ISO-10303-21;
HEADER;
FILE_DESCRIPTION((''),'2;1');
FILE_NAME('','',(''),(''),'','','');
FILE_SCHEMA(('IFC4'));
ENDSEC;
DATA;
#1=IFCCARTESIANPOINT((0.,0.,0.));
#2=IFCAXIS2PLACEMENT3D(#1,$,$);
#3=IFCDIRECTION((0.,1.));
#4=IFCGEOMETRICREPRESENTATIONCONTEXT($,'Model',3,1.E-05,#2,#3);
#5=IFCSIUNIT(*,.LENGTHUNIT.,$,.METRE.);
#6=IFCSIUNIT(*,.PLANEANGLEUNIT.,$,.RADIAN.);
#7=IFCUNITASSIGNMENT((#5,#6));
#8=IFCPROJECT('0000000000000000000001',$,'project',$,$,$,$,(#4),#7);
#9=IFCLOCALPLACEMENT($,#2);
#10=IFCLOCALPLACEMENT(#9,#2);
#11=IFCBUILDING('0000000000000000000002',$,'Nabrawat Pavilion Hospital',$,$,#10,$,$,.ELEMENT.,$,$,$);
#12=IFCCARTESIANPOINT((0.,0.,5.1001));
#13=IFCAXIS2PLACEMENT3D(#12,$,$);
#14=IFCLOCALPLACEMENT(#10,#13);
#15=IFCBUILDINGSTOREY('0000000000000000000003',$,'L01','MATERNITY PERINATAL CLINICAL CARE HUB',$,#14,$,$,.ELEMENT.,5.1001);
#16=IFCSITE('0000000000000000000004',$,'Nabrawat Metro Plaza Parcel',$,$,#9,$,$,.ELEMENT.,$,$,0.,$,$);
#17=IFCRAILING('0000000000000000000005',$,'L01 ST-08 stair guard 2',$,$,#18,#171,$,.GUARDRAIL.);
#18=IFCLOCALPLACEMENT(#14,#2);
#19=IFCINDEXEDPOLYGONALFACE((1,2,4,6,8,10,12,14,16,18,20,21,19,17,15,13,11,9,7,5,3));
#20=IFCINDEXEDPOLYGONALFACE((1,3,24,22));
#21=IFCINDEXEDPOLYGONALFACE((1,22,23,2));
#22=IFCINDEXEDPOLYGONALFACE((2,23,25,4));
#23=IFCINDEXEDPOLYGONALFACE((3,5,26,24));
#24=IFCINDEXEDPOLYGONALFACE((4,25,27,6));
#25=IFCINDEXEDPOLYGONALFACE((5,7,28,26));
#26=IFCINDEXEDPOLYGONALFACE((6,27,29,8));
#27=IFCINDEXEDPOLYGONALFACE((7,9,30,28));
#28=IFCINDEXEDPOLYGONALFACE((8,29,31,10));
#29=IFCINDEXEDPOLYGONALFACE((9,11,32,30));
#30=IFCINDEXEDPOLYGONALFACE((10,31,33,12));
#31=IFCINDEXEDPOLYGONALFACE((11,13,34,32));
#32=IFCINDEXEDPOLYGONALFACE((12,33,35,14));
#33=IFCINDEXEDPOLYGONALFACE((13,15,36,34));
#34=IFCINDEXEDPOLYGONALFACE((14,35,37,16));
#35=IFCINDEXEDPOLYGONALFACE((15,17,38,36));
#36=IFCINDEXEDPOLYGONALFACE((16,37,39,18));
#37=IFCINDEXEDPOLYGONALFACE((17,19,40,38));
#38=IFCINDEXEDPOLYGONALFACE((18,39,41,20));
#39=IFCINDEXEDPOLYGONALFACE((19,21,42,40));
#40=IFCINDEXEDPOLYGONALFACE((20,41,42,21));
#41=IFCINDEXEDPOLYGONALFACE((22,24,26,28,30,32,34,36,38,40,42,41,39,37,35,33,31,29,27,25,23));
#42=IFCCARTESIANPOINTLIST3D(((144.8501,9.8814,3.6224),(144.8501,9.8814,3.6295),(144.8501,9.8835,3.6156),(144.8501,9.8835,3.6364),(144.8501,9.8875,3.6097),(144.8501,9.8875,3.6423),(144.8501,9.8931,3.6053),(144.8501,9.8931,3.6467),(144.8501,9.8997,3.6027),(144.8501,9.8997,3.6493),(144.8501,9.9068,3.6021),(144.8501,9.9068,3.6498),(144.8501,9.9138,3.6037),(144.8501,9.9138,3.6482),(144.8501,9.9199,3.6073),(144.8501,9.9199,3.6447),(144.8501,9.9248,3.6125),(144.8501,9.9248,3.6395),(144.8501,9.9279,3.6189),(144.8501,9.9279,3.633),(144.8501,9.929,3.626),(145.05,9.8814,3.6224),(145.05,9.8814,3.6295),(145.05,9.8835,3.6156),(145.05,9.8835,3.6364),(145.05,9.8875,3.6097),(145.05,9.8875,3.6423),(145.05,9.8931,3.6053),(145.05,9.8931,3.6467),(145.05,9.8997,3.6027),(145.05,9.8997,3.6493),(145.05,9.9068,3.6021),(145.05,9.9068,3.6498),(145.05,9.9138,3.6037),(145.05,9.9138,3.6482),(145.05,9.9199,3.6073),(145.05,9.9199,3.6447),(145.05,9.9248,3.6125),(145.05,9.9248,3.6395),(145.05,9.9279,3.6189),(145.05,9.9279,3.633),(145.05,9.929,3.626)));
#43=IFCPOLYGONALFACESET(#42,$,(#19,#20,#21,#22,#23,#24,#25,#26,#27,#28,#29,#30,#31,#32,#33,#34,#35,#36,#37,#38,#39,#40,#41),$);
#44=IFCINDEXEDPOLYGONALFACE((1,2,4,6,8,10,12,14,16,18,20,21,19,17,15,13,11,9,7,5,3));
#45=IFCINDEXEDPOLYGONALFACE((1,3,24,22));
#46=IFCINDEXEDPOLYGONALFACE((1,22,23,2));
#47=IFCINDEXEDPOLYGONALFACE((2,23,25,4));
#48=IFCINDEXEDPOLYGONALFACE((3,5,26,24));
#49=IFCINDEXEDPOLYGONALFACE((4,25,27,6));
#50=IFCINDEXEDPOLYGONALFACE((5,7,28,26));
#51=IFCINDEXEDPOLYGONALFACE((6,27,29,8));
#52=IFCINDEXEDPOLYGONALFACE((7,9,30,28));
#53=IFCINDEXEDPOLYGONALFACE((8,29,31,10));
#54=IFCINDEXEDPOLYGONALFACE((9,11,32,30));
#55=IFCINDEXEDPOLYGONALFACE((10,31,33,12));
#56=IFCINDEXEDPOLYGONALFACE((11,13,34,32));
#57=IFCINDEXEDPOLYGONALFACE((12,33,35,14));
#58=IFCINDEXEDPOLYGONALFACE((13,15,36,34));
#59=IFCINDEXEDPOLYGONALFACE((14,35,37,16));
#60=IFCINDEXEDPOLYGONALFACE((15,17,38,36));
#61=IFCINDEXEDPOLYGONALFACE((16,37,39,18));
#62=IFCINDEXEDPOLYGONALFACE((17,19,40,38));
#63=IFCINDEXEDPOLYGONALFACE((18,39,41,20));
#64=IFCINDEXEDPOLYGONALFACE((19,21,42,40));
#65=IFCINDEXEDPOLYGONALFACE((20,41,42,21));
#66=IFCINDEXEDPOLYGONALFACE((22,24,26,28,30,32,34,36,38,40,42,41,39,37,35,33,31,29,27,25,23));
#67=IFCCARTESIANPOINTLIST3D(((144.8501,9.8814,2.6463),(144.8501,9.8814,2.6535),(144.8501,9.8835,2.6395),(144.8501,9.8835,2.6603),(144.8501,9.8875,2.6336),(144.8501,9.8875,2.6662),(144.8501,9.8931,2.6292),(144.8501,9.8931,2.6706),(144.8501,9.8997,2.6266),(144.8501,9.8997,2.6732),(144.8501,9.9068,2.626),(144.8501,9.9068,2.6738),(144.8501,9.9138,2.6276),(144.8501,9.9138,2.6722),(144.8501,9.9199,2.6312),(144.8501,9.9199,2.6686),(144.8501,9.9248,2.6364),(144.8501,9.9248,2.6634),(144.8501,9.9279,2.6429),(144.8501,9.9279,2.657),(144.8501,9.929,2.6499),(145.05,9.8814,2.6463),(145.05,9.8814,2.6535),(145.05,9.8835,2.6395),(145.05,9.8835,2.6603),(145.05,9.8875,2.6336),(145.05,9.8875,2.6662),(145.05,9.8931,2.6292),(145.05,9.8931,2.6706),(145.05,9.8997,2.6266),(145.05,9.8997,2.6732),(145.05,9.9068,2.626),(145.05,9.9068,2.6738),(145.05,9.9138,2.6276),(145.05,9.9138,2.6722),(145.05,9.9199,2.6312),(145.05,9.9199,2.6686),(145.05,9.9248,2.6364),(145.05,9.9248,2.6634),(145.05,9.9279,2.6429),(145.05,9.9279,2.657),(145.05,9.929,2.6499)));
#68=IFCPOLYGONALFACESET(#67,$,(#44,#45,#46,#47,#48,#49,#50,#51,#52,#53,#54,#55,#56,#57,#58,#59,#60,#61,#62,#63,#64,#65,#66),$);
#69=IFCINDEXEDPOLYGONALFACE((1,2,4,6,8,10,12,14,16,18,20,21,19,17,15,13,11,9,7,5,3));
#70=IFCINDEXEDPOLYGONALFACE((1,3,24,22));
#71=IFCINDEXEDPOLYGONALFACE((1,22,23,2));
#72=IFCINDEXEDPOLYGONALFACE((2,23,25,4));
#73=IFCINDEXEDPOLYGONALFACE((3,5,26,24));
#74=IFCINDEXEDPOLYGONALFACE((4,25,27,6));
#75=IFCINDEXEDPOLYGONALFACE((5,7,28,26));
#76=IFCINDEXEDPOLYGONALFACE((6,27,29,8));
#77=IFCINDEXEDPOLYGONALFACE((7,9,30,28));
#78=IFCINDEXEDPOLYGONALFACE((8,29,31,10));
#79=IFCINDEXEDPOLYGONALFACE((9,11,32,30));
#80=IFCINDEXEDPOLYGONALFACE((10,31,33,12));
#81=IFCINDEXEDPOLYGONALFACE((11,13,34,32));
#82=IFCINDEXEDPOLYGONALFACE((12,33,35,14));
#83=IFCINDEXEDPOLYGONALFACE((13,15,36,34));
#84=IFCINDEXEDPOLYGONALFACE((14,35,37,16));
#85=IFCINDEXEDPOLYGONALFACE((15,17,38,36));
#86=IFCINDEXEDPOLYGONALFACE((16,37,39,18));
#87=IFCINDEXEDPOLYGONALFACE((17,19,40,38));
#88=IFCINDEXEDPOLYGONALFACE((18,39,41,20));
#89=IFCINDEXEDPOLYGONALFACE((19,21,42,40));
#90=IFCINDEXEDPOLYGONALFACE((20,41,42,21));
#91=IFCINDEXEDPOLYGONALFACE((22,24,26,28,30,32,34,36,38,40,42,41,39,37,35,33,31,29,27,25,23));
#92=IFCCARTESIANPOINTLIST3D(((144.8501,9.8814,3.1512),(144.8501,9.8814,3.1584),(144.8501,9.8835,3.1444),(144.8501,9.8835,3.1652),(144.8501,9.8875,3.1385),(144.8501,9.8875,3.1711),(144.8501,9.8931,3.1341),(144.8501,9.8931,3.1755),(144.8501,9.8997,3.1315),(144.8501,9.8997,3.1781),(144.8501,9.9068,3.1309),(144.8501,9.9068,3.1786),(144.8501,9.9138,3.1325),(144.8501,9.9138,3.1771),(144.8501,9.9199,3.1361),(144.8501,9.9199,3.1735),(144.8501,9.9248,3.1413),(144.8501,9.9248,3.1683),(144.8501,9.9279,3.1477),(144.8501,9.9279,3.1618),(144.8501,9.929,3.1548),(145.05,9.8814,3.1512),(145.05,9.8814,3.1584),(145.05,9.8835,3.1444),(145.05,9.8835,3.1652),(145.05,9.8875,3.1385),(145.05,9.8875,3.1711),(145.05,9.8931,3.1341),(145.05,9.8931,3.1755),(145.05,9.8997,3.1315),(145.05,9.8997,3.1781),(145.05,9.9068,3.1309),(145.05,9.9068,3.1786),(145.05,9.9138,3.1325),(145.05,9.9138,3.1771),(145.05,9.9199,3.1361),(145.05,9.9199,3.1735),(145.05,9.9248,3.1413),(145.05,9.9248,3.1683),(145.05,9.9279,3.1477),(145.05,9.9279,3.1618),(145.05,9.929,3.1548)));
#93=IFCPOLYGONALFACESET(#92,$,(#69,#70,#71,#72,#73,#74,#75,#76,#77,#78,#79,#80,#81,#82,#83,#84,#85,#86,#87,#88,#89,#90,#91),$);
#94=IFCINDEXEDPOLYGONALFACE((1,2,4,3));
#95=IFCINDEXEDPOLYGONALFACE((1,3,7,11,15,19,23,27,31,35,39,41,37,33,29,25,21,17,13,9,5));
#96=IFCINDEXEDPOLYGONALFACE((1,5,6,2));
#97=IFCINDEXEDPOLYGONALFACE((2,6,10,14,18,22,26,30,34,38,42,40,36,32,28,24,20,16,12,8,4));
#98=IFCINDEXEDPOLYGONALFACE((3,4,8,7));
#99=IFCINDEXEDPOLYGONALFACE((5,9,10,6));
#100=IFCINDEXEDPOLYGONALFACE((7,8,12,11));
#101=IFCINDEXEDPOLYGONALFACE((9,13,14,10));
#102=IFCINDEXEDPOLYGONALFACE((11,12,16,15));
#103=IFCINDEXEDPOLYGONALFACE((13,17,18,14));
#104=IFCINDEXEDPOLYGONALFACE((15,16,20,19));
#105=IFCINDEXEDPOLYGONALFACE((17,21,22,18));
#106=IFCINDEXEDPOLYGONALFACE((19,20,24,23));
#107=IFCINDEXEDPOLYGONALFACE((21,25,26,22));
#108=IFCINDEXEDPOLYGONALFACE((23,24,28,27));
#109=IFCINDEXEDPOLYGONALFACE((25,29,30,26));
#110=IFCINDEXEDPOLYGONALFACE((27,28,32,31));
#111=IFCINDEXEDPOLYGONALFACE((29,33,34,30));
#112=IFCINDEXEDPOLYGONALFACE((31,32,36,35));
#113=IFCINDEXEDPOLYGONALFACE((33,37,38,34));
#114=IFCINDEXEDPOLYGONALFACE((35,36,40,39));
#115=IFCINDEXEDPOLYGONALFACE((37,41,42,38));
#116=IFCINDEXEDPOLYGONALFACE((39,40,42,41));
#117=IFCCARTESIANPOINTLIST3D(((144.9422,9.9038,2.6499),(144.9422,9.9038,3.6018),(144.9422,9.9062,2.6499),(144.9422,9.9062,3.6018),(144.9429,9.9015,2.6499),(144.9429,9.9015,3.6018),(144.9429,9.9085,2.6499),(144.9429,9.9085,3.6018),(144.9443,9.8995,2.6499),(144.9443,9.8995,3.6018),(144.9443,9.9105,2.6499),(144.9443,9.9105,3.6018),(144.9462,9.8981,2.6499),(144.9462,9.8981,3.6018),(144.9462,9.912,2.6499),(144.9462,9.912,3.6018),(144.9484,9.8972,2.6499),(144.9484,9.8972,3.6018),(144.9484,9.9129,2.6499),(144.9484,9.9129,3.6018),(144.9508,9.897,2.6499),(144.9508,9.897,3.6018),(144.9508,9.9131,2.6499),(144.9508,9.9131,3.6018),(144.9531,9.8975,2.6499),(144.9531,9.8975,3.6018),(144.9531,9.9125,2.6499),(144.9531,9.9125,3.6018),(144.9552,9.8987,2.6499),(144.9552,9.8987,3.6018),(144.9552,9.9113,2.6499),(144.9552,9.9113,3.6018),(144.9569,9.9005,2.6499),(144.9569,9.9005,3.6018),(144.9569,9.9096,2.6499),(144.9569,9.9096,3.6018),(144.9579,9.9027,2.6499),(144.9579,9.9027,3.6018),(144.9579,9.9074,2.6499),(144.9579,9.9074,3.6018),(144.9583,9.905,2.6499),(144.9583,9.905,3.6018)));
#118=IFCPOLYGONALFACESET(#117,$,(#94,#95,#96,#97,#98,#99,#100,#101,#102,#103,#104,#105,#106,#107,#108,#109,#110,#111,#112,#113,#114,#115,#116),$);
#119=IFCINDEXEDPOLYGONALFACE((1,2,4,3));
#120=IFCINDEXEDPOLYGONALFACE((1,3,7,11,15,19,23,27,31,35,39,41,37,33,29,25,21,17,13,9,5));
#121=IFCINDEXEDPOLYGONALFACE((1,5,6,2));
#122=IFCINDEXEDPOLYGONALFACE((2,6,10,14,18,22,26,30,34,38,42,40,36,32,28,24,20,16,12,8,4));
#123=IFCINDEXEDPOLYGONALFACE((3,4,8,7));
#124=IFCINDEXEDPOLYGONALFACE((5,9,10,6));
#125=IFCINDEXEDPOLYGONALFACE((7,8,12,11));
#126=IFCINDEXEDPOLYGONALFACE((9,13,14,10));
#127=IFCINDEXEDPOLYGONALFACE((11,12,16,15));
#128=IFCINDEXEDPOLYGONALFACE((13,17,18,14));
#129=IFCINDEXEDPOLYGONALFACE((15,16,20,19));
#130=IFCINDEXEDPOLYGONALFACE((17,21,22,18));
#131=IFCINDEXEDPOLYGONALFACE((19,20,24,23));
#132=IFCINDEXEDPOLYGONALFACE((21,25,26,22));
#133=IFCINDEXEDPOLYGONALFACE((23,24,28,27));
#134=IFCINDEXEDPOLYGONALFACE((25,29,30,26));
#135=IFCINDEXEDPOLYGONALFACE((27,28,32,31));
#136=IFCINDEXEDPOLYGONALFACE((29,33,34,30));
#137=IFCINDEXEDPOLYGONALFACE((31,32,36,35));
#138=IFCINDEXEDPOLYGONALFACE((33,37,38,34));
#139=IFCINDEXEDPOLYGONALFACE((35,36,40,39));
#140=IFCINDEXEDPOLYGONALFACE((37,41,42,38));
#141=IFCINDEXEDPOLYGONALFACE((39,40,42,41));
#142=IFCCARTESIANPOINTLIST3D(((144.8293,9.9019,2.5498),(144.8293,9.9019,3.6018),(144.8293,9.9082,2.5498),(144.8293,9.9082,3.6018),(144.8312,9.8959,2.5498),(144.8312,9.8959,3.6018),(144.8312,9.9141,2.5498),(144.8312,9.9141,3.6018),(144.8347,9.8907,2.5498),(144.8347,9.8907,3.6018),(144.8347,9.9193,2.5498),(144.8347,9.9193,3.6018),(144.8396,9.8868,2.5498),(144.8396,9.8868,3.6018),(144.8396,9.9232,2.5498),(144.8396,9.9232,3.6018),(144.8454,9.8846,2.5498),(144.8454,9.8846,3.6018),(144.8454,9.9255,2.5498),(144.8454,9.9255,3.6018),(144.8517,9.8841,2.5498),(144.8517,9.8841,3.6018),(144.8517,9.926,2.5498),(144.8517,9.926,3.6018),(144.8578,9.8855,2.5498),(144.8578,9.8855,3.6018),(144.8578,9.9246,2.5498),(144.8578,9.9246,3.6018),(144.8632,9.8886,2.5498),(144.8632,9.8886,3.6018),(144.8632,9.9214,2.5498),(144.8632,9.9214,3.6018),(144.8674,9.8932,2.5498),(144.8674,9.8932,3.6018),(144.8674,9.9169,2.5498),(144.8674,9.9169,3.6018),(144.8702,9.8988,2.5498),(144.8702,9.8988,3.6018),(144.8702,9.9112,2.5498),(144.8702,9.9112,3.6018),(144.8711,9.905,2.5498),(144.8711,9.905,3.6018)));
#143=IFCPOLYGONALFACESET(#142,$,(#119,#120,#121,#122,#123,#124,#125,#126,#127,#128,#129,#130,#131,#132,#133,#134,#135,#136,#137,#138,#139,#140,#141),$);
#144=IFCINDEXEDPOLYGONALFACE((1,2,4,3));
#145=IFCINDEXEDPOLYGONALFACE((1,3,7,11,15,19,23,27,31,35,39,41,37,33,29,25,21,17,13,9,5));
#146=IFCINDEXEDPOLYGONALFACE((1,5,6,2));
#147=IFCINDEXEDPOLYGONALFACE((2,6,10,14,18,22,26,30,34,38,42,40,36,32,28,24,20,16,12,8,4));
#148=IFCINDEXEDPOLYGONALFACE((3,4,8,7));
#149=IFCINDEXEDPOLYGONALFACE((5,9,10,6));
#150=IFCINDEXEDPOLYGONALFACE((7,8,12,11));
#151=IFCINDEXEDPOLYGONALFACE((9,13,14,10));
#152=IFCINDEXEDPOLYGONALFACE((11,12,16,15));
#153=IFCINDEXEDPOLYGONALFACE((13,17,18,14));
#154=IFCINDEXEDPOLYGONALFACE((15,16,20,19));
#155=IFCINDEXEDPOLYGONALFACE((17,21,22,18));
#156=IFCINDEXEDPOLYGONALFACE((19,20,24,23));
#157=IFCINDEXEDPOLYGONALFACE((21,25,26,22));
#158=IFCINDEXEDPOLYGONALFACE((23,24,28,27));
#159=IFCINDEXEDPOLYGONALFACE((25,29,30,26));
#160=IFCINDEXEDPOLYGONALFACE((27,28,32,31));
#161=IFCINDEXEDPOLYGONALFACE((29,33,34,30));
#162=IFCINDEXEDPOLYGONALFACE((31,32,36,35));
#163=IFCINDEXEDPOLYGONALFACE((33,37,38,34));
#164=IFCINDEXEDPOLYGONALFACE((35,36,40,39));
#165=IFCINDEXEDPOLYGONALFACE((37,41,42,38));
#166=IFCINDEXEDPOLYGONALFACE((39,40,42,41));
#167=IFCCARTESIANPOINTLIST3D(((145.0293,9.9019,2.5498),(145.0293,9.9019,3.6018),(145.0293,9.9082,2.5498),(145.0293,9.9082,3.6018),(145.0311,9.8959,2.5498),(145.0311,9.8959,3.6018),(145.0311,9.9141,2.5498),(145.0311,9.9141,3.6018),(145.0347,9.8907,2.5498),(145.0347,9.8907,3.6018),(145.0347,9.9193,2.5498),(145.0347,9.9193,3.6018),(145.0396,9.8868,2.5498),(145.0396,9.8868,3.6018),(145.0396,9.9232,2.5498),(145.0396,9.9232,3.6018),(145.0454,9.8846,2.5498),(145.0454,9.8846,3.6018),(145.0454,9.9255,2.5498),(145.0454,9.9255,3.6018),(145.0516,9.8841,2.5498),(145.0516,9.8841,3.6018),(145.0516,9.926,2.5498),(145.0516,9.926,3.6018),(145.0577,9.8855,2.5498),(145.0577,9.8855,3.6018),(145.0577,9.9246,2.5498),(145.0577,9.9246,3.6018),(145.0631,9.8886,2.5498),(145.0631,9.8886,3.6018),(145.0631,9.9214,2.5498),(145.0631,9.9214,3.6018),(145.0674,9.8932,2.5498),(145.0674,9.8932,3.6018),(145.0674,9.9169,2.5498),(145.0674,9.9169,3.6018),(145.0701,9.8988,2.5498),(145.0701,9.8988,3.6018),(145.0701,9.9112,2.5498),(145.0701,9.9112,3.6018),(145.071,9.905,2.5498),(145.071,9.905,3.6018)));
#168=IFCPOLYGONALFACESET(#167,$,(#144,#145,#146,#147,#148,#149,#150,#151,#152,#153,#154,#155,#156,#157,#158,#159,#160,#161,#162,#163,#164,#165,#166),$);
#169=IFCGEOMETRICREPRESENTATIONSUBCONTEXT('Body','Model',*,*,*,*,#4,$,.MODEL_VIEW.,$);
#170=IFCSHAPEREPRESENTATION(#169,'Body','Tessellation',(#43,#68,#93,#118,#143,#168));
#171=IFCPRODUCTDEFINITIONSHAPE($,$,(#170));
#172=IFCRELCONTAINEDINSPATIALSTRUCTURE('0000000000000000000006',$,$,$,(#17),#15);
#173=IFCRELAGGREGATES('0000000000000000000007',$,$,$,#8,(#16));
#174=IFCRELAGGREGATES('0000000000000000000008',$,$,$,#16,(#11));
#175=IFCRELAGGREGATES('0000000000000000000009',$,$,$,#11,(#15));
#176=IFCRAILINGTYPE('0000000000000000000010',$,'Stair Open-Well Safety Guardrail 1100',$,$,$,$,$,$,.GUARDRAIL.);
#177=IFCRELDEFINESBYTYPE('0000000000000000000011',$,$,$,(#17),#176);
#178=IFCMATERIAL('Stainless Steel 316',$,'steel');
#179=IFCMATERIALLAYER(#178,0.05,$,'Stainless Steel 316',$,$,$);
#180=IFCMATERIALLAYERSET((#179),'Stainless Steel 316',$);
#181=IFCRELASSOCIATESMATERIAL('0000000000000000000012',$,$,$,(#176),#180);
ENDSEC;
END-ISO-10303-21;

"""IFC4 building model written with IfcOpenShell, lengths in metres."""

from ifc_helpers import new_model, si_unit, direction, frame, origin, origin_2d, place, context, subcontext, project, spatial, circle, extrude, material, layer, layer_set, type_object, element, save


model = new_model("IFC4")

# Units and contexts
model_context = context("Model", 3, precision=1e-05, world=origin(), true_north=direction((0.0, 1.0)))
body_context = subcontext(model_context, "Body", "Model", "MODEL_VIEW")
ifc_project = project(units=[si_unit("LENGTHUNIT", "METRE"), si_unit("PLANEANGLEUNIT", "RADIAN")], contexts=[model_context])

# Site, building, storey
site_placement = place(None, origin())
site = spatial("IfcSite", under=ifc_project, at=site_placement, Name="Nabrawat Metro Plaza Parcel", CompositionType="ELEMENT", RefElevation=0.0)
building_placement = place(site_placement, origin())
building = spatial("IfcBuilding", under=site, at=building_placement, Name="Nabrawat Pavilion Hospital", CompositionType="ELEMENT")
storey_placement = place(building_placement, frame((0.0, 0.0, 5.1001)))
storey = spatial("IfcBuildingStorey", under=building, at=storey_placement, Name="L01", Description="MATERNITY PERINATAL CLINICAL CARE HUB", CompositionType="ELEMENT", Elevation=5.1001)

# Railing
ifc_material_1 = material(Name="Stainless Steel 316", Category="steel")
ifc_layer_1 = layer(ifc_material_1, 0.05, Name="Stainless Steel 316")
ifc_layer_set_1 = layer_set([ifc_layer_1], Name="Stainless Steel 316")
railing_type_1 = type_object("IfcRailingType", Name="Stair Open-Well Safety Guardrail 1100", PredefinedType="GUARDRAIL", material=ifc_layer_set_1)
railing_1_placement = place(storey_placement, frame((144.8501, 9.905, 2.5498)))
element("IfcRailing", 1, at=railing_1_placement, inside=storey, type_object=railing_type_1, Name="L01 ST-08 stair guard 2", PredefinedType="GUARDRAIL", context=body_context, shape_type="SweptSolid", body=[
    extrude(circle(Radius=0.0239, at=origin_2d()), frame((0.0, 0.0, 1.0762), z_axis=(1.0, 0.0, 0.0), x_axis=(0.0, 1.0, 0.0)), (0.0, 0.0, 1.0), 0.2),
    extrude(circle(Radius=0.0239, at=origin_2d()), frame((0.0, 0.0, 0.1001), z_axis=(1.0, 0.0, 0.0), x_axis=(0.0, 1.0, 0.0)), (0.0, 0.0, 1.0), 0.2),
    extrude(circle(Radius=0.0239, at=origin_2d()), frame((0.0, 0.0, 0.605), z_axis=(1.0, 0.0, 0.0), x_axis=(0.0, 1.0, 0.0)), (0.0, 0.0, 1.0), 0.2),
    extrude(circle(Radius=0.0081, at=origin_2d()), frame((0.1001, 0.0, 0.1001)), (0.0, 0.0, 1.0), 0.9519),
    extrude(circle(Radius=0.021, at=origin_2d()), origin(), (0.0, 0.0, 1.0), 1.052),
    extrude(circle(Radius=0.021, at=origin_2d()), frame((0.2, 0.0, 0.0)), (0.0, 0.0, 1.0), 1.052),
])

save(model, "model.ifc")
